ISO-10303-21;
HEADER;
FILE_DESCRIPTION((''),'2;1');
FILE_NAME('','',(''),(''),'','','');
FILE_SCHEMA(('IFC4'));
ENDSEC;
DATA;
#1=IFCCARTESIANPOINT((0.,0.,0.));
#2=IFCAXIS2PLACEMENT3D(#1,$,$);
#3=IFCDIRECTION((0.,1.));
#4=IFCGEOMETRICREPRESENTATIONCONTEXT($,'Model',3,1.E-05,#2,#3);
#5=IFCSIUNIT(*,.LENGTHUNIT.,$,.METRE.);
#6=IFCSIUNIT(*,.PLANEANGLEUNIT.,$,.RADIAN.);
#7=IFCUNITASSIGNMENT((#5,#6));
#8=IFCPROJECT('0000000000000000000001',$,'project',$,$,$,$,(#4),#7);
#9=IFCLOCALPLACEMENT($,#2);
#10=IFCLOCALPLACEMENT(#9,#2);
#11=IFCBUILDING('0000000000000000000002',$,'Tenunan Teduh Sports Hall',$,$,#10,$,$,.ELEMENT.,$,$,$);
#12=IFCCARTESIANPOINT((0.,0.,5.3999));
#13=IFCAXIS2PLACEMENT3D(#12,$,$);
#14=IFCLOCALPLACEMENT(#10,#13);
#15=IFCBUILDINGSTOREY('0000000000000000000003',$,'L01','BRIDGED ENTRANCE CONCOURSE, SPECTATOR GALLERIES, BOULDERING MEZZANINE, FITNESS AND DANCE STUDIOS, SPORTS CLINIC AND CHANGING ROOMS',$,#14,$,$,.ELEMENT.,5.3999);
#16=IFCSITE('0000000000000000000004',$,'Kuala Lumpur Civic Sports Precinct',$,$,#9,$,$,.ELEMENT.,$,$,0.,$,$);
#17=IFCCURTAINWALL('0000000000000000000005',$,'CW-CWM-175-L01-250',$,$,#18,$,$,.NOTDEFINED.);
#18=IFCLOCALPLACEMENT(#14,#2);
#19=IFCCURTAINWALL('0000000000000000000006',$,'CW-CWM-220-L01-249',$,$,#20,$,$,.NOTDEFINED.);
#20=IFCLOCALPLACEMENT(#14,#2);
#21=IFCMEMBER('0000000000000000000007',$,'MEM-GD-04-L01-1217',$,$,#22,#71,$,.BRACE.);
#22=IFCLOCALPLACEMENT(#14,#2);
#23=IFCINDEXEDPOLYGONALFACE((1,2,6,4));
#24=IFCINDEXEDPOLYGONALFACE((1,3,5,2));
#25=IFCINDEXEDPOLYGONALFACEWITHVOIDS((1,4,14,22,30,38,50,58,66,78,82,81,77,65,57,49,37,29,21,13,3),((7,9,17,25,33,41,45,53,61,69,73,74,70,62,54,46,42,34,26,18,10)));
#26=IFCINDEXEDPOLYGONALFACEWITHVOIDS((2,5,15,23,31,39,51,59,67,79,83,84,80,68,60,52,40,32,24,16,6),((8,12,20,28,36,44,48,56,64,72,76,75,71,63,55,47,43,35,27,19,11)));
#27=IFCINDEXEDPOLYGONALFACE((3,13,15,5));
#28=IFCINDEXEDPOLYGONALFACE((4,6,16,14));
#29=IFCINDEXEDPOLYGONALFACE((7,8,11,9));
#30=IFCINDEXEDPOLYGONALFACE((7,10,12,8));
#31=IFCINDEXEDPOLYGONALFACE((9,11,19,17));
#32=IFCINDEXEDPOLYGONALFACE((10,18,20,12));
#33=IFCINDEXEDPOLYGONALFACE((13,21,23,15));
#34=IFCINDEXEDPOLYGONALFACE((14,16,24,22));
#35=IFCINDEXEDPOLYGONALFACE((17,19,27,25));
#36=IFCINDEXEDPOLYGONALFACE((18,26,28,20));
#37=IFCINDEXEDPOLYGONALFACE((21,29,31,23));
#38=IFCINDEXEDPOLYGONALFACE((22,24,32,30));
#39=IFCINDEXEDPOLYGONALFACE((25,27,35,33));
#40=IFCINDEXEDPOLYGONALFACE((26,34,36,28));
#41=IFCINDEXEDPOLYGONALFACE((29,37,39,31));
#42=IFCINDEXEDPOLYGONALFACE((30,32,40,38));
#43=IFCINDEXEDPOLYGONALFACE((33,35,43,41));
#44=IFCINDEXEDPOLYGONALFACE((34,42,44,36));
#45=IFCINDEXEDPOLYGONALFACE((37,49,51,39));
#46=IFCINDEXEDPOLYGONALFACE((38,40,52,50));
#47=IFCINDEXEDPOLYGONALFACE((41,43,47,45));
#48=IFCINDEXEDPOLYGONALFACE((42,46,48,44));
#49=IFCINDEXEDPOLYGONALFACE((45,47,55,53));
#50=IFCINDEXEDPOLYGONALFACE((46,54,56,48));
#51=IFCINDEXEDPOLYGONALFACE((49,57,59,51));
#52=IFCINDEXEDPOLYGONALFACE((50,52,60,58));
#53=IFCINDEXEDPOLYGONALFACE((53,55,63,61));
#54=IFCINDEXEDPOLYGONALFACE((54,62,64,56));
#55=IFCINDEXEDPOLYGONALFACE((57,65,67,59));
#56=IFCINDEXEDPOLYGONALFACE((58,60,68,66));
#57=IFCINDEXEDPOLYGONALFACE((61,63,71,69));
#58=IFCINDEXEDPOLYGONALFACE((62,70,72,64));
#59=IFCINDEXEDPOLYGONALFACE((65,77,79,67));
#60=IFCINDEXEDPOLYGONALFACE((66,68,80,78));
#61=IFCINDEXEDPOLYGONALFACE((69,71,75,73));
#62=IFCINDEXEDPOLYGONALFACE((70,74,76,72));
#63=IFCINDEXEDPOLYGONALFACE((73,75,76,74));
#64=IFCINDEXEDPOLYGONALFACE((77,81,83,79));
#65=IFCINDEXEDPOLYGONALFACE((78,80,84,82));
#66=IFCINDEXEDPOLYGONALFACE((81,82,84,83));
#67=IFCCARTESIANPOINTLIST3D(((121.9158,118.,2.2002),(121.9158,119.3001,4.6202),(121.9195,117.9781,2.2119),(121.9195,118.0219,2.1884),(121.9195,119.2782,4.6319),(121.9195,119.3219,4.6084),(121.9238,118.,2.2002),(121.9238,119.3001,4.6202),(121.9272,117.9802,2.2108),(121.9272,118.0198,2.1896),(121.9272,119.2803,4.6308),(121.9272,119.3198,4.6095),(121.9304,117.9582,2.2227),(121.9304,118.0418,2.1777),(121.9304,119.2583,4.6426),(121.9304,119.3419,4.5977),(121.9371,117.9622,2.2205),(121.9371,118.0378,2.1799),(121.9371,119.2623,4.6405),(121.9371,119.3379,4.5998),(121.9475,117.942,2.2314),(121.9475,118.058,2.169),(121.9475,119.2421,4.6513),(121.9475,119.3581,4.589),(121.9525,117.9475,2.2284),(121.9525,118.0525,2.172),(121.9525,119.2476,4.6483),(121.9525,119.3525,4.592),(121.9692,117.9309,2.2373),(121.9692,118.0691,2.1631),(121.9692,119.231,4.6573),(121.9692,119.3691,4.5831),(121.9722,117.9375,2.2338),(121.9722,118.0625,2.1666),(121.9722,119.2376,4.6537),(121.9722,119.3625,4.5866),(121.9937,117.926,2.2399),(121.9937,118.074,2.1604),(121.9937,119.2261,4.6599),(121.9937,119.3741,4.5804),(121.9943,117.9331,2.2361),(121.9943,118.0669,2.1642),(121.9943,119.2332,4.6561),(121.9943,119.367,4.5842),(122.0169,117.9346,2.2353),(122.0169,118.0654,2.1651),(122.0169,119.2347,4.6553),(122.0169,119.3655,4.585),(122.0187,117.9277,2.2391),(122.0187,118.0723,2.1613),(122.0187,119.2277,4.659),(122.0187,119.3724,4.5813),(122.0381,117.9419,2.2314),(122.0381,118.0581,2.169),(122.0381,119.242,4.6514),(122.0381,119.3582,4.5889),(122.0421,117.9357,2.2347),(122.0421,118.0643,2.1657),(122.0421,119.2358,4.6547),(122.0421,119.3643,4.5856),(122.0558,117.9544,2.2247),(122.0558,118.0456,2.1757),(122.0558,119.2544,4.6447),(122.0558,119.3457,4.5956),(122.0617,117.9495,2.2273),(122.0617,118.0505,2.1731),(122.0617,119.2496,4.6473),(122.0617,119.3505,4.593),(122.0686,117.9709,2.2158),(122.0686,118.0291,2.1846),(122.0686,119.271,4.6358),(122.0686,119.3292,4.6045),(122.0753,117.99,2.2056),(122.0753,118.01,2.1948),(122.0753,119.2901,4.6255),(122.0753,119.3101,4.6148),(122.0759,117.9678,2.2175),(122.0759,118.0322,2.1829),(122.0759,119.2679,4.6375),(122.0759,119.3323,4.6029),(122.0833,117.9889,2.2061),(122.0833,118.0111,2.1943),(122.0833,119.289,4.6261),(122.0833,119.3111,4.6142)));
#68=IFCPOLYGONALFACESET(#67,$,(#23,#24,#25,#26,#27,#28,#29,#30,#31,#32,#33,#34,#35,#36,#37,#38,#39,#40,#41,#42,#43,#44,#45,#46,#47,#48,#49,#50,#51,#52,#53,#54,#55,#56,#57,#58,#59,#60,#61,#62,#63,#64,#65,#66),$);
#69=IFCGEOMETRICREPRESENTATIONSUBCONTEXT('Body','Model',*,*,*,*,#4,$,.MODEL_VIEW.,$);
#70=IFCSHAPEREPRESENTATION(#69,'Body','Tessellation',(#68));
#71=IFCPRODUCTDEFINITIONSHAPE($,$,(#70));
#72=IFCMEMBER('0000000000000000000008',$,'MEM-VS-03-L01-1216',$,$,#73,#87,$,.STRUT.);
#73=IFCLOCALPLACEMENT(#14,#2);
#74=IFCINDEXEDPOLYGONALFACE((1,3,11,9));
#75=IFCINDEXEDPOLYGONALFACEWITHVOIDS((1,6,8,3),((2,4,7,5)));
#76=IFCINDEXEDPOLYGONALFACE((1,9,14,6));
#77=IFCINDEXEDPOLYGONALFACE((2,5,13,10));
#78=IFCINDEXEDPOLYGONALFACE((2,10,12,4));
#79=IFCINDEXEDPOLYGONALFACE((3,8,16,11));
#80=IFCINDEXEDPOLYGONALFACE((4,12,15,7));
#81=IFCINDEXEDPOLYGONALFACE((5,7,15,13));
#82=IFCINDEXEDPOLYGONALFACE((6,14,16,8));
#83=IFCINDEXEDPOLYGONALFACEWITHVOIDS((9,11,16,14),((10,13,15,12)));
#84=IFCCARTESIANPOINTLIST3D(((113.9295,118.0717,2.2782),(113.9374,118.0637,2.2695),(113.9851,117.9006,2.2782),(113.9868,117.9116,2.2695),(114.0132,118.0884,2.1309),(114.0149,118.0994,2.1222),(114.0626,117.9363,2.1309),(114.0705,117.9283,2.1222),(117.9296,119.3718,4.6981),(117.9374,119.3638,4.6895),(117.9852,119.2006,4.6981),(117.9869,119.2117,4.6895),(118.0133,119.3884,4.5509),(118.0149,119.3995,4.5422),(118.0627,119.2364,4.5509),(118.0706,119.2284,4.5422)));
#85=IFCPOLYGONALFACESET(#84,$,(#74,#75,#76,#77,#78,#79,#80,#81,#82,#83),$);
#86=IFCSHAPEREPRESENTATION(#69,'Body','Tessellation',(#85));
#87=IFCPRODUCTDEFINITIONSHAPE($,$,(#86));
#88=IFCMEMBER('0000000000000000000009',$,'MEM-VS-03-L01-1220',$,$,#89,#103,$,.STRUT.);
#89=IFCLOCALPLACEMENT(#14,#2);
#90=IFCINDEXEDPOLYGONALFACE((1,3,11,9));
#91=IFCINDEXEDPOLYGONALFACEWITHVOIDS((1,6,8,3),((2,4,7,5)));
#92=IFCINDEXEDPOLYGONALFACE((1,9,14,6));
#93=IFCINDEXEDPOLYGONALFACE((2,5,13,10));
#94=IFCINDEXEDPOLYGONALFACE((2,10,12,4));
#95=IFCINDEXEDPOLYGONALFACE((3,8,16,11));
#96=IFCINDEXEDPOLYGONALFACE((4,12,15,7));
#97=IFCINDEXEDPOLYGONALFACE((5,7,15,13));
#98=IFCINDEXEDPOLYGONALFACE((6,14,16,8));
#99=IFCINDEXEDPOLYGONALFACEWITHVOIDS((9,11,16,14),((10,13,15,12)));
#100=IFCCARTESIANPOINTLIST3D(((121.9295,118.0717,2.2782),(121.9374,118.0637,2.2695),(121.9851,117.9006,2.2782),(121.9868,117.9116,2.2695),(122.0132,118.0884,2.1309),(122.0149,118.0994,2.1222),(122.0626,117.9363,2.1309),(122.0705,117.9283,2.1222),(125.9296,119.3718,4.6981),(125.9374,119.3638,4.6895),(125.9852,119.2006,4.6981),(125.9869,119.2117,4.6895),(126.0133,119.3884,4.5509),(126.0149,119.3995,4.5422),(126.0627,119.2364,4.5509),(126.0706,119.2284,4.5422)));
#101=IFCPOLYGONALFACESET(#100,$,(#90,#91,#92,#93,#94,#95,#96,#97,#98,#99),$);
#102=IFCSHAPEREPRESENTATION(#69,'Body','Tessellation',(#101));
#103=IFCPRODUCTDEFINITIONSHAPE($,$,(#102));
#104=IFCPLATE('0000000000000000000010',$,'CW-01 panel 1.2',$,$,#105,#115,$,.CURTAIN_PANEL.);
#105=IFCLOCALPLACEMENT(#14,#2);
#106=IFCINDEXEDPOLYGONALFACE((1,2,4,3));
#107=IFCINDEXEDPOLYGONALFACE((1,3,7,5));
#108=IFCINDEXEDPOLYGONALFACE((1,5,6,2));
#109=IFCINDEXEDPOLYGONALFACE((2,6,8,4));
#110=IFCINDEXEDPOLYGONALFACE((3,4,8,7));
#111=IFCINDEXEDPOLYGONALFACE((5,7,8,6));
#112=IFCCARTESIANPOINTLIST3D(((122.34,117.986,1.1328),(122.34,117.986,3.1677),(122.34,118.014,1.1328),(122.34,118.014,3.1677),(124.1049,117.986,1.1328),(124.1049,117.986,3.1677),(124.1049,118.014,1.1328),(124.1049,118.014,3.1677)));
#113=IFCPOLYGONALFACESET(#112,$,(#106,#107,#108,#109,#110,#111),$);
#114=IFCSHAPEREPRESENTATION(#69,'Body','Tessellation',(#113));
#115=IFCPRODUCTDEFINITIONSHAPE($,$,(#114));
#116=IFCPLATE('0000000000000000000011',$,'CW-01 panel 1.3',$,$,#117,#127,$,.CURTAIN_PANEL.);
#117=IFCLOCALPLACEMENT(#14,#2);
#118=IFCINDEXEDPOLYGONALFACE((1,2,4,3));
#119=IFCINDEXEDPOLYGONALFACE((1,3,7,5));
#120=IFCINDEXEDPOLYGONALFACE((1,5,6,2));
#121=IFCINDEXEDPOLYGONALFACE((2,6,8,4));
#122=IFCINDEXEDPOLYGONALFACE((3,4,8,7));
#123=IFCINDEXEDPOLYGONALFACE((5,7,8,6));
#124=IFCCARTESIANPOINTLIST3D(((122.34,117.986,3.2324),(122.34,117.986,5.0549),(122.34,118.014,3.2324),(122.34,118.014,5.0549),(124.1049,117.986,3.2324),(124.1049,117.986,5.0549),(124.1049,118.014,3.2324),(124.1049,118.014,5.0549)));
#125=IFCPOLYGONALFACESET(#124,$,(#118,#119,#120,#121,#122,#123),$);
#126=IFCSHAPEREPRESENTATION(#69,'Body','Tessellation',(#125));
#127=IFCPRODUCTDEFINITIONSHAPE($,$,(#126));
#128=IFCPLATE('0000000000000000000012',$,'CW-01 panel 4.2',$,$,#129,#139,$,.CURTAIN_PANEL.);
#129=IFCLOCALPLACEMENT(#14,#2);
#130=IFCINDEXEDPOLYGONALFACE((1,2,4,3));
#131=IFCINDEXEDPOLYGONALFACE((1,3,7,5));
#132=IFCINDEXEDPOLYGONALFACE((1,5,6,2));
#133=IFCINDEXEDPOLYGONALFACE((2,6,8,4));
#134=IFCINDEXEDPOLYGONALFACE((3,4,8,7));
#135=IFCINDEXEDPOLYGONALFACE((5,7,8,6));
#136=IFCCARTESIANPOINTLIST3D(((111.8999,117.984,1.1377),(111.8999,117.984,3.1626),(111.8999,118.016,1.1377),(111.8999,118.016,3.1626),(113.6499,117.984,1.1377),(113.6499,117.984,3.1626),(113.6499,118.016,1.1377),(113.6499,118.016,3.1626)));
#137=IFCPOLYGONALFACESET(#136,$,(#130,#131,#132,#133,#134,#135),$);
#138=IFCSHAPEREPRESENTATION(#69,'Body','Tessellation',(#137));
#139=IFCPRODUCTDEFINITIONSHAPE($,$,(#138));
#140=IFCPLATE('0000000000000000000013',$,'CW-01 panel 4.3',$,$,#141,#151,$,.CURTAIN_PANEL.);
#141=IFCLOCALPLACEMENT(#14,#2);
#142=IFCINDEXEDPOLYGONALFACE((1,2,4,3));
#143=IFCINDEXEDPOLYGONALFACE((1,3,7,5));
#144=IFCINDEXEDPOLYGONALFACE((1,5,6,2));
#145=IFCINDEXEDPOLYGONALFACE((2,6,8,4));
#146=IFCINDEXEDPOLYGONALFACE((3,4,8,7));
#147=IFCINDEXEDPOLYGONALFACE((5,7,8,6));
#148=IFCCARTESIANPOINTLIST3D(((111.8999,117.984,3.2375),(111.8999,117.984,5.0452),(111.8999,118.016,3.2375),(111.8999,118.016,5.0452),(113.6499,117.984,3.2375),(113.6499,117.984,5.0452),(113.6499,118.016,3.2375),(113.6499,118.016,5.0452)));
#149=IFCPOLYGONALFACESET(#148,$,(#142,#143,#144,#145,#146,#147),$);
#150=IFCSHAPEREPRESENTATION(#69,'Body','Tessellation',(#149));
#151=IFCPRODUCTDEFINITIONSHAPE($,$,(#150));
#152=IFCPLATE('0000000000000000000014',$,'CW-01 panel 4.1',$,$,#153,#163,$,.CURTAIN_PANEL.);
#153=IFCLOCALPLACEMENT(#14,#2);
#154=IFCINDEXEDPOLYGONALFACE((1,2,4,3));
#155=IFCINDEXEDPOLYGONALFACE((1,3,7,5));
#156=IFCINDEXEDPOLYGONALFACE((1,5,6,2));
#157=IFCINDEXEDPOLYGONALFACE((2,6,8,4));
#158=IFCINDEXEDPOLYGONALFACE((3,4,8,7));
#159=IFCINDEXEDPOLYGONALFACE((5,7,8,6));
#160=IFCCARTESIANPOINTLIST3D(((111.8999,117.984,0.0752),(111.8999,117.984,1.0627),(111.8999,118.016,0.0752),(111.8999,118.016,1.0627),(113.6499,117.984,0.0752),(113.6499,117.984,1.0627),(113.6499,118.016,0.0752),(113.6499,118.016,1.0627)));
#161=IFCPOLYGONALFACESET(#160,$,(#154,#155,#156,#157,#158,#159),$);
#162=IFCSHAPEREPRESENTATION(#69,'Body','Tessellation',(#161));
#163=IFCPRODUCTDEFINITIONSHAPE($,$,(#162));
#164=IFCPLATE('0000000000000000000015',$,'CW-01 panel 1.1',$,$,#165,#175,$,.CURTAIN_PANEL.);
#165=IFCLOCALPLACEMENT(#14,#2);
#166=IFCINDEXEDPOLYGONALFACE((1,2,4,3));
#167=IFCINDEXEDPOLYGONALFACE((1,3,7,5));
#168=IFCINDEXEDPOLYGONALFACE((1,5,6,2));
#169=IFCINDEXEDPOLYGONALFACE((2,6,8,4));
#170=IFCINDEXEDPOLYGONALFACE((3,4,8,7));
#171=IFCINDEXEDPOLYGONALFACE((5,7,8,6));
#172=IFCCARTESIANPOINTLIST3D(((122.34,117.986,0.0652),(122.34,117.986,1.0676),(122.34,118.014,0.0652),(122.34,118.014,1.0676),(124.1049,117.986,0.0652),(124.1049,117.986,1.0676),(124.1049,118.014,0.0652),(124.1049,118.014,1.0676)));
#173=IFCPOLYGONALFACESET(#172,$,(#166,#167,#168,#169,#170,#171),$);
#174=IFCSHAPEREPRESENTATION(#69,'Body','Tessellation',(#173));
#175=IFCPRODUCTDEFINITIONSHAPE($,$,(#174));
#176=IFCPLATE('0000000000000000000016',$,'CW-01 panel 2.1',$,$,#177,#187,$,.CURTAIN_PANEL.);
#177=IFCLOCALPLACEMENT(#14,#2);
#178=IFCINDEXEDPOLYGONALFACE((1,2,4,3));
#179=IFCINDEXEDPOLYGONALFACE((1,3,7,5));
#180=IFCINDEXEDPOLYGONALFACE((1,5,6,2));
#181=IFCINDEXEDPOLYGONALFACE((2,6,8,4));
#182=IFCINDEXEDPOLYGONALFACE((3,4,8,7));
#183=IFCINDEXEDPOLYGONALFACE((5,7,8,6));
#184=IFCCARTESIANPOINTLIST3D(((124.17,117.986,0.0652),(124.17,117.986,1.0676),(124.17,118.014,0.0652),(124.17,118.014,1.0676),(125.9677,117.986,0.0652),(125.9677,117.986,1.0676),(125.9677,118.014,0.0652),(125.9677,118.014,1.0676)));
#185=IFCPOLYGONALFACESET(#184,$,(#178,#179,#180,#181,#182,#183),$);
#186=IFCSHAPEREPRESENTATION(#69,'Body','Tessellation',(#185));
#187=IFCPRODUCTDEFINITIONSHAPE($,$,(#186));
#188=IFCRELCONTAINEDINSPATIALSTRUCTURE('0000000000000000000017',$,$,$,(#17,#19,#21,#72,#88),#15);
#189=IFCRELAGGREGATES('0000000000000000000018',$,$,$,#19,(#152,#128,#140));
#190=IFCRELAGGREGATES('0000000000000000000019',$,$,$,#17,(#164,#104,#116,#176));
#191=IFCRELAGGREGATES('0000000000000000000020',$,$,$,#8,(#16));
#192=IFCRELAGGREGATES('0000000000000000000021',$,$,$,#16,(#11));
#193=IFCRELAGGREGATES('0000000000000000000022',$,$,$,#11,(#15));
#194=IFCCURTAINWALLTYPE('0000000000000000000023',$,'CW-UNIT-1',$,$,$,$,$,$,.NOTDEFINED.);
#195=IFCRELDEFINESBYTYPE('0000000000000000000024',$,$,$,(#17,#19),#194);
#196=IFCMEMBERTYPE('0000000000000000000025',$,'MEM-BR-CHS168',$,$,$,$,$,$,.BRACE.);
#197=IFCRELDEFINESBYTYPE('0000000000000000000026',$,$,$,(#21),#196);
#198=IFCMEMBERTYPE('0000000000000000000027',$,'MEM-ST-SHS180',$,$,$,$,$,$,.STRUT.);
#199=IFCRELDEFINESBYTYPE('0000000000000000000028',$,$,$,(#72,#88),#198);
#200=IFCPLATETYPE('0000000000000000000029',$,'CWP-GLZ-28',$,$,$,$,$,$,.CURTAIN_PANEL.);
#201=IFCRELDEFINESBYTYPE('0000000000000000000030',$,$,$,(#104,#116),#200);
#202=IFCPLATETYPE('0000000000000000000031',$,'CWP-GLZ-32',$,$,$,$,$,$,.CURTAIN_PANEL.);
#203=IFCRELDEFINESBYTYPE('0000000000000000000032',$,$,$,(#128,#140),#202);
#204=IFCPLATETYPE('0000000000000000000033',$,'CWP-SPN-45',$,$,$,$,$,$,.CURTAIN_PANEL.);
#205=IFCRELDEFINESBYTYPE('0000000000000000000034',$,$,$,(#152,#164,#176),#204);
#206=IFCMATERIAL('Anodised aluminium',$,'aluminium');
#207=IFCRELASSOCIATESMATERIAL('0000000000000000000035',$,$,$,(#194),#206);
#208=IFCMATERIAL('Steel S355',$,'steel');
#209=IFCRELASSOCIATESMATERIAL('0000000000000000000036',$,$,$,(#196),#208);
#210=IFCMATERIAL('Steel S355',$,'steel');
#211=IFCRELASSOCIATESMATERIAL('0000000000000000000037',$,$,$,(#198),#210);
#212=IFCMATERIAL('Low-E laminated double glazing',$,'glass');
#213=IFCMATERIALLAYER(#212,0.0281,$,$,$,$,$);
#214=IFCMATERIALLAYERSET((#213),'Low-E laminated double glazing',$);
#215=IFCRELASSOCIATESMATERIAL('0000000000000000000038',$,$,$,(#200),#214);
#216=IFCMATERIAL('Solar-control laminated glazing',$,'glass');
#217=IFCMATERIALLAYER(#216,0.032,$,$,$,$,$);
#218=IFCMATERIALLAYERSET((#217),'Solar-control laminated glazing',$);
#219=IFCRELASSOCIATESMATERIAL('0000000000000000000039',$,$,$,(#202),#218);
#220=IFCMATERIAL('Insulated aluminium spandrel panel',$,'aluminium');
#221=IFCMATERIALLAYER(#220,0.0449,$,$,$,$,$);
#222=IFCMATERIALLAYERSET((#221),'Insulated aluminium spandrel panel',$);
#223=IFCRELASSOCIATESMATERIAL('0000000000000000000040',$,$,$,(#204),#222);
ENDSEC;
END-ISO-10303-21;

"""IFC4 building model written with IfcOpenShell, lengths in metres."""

from ifc_helpers import new_model, si_unit, direction, frame, origin, origin_2d, place, context, subcontext, project, spatial, rectangle, hollow_rectangle, hollow_circle, extrude, material, layer, layer_set, material_profile, profile_set, type_object, element, aggregate, save


model = new_model("IFC4")

# Units and contexts
model_context = context("Model", 3, precision=1e-05, world=origin(), true_north=direction((0.0, 1.0)))
body_context = subcontext(model_context, "Body", "Model", "MODEL_VIEW")
ifc_project = project(units=[si_unit("LENGTHUNIT", "METRE"), si_unit("PLANEANGLEUNIT", "RADIAN")], contexts=[model_context])

# Site, building, storey
site_placement = place(None, origin())
site = spatial("IfcSite", under=ifc_project, at=site_placement, Name="Kuala Lumpur Civic Sports Precinct", CompositionType="ELEMENT", RefElevation=0.0)
building_placement = place(site_placement, origin())
building = spatial("IfcBuilding", under=site, at=building_placement, Name="Tenunan Teduh Sports Hall", CompositionType="ELEMENT")
storey_placement = place(building_placement, frame((0.0, 0.0, 5.3999)))
storey = spatial("IfcBuildingStorey", under=building, at=storey_placement, Name="L01", Description="BRIDGED ENTRANCE CONCOURSE, SPECTATOR GALLERIES, BOULDERING MEZZANINE, FITNESS AND DANCE STUDIOS, SPORTS CLINIC AND CHANGING ROOMS", CompositionType="ELEMENT", Elevation=5.3999)

# Curtain wall
ifc_material_1 = material(Name="Anodised aluminium", Category="aluminium")
curtain_wall_type = type_object("IfcCurtainWallType", Name="CW-UNIT-1", PredefinedType="NOTDEFINED", material=ifc_material_1)
curtain_wall_1_placement = place(storey_placement, origin())
curtain_wall_1 = element("IfcCurtainWall", 1, at=curtain_wall_1_placement, inside=storey, type_object=curtain_wall_type, Name="CW-CWM-175-L01-250", PredefinedType="NOTDEFINED")

# Curtain wall
curtain_wall_2_placement = place(storey_placement, origin())
curtain_wall_2 = element("IfcCurtainWall", 2, at=curtain_wall_2_placement, inside=storey, type_object=curtain_wall_type, Name="CW-CWM-220-L01-249", PredefinedType="NOTDEFINED")

# Members
ifc_material_2 = material(Name="Steel S355", Category="steel")
ifc_material_profile_1 = material_profile(ifc_material_2, hollow_circle(Radius=0.0842, WallThickness=0.0081, at=origin_2d()), Name="CHS 168.3x8.0")
ifc_profile_set_1 = profile_set([ifc_material_profile_1], Name="Steel S355")
member_type_1 = type_object("IfcMemberType", Name="MEM-BR-CHS168", PredefinedType="BRACE", material=ifc_profile_set_1)
for number, where, z_axis, x_axis, name in (
    (3, (122.0, 118.0, 2.2002), (0.0, 0.473257, 0.880924), (-1.0, 0.0, 0.0), "MEM-GD-04-L01-1217"),
):
    element("IfcMember", number, at=place(storey_placement, frame(where, z_axis=z_axis, x_axis=x_axis)), inside=storey, type_object=member_type_1, Name=name, PredefinedType="BRACE", context=body_context, shape_type="SweptSolid", body=[
        extrude(hollow_circle(Radius=0.0842, WallThickness=0.0081, at=origin_2d()), origin(), (0.0, 0.0, 1.0), 2.7471),
    ])
ifc_material_3 = material(Name="Steel S355", Category="steel")
ifc_material_profile_2 = material_profile(ifc_material_3, hollow_rectangle(XDim=0.1799, YDim=0.1799, WallThickness=0.01, at=origin_2d()), Name="SHS 180x180x10.0")
ifc_profile_set_2 = profile_set([ifc_material_profile_2], Name="Steel S355")
member_type_2 = type_object("IfcMemberType", Name="MEM-ST-SHS180", PredefinedType="STRUT", material=ifc_profile_set_2)
for number, where, z_axis, x_axis, name in (
    (4, (114.0, 118.0, 2.2002), (0.824328, 0.267917, 0.498702), (-0.309097, 0.951031, 0.0), "MEM-VS-03-L01-1216"),
    (5, (122.0, 118.0, 2.2002), (0.824328, 0.267917, 0.498702), (-0.309097, 0.951031, 0.0), "MEM-VS-03-L01-1220"),
):
    element("IfcMember", number, at=place(storey_placement, frame(where, z_axis=z_axis, x_axis=x_axis)), inside=storey, type_object=member_type_2, Name=name, PredefinedType="STRUT", context=body_context, shape_type="SweptSolid", body=[
        extrude(hollow_rectangle(XDim=0.1799, YDim=0.1799, WallThickness=0.01, at=origin_2d()), origin(), (0.0, 0.0, 1.0), 4.8525),
    ])

# Plates
ifc_material_4 = material(Name="Low-E laminated double glazing", Category="glass")
ifc_layer_1 = layer(ifc_material_4, 0.0281)
ifc_layer_set_1 = layer_set([ifc_layer_1], Name="Low-E laminated double glazing")
plate_type_1 = type_object("IfcPlateType", Name="CWP-GLZ-28", PredefinedType="CURTAIN_PANEL", material=ifc_layer_set_1)
plate_1_placement = place(storey_placement, frame((123.2224, 118.0, 1.1328), z_axis=(0.0, 0.0, 1.0), x_axis=(1.0, 0.0, 0.0)))
plate_1 = element("IfcPlate", 6, at=plate_1_placement, type_object=plate_type_1, Name="CW-01 panel 1.2", PredefinedType="CURTAIN_PANEL", context=body_context, shape_type="SweptSolid", body=[
    extrude(rectangle(XDim=1.7649, YDim=0.0281, at=origin_2d()), origin(), (0.0, 0.0, 1.0), 2.0349),
])
plate_2_placement = place(storey_placement, frame((123.2224, 118.0, 3.2324), z_axis=(0.0, 0.0, 1.0), x_axis=(1.0, 0.0, 0.0)))
plate_2 = element("IfcPlate", 7, at=plate_2_placement, type_object=plate_type_1, Name="CW-01 panel 1.3", PredefinedType="CURTAIN_PANEL", context=body_context, shape_type="SweptSolid", body=[
    extrude(rectangle(XDim=1.7649, YDim=0.0281, at=origin_2d()), origin(), (0.0, 0.0, 1.0), 1.8225),
])
ifc_material_5 = material(Name="Solar-control laminated glazing", Category="glass")
ifc_layer_2 = layer(ifc_material_5, 0.032)
ifc_layer_set_2 = layer_set([ifc_layer_2], Name="Solar-control laminated glazing")
plate_type_2 = type_object("IfcPlateType", Name="CWP-GLZ-32", PredefinedType="CURTAIN_PANEL", material=ifc_layer_set_2)
plate_3_placement = place(storey_placement, frame((112.7749, 118.0, 1.1377), z_axis=(0.0, 0.0, 1.0), x_axis=(1.0, 0.0, 0.0)))
plate_3 = element("IfcPlate", 8, at=plate_3_placement, type_object=plate_type_2, Name="CW-01 panel 4.2", PredefinedType="CURTAIN_PANEL", context=body_context, shape_type="SweptSolid", body=[
    extrude(rectangle(XDim=1.75, YDim=0.032, at=origin_2d()), origin(), (0.0, 0.0, 1.0), 2.0249),
])
plate_4_placement = place(storey_placement, frame((112.7749, 118.0, 3.2375), z_axis=(0.0, 0.0, 1.0), x_axis=(1.0, 0.0, 0.0)))
plate_4 = element("IfcPlate", 9, at=plate_4_placement, type_object=plate_type_2, Name="CW-01 panel 4.3", PredefinedType="CURTAIN_PANEL", context=body_context, shape_type="SweptSolid", body=[
    extrude(rectangle(XDim=1.75, YDim=0.032, at=origin_2d()), origin(), (0.0, 0.0, 1.0), 1.8076),
])
ifc_material_6 = material(Name="Insulated aluminium spandrel panel", Category="aluminium")
ifc_layer_3 = layer(ifc_material_6, 0.0449)
ifc_layer_set_3 = layer_set([ifc_layer_3], Name="Insulated aluminium spandrel panel")
plate_type_3 = type_object("IfcPlateType", Name="CWP-SPN-45", PredefinedType="CURTAIN_PANEL", material=ifc_layer_set_3)
plate_5_placement = place(storey_placement, frame((112.7749, 118.0, 0.0752), z_axis=(0.0, 0.0, 1.0), x_axis=(1.0, 0.0, 0.0)))
plate_5 = element("IfcPlate", 10, at=plate_5_placement, type_object=plate_type_3, Name="CW-01 panel 4.1", PredefinedType="CURTAIN_PANEL", context=body_context, shape_type="SweptSolid", body=[
    extrude(rectangle(XDim=1.75, YDim=0.032, at=origin_2d()), origin(), (0.0, 0.0, 1.0), 0.9875),
])
aggregate(curtain_wall_2, [plate_5, plate_3, plate_4])
plate_6_placement = place(storey_placement, frame((123.2224, 118.0, 0.0652), z_axis=(0.0, 0.0, 1.0), x_axis=(1.0, 0.0, 0.0)))
plate_6 = element("IfcPlate", 11, at=plate_6_placement, type_object=plate_type_3, Name="CW-01 panel 1.1", PredefinedType="CURTAIN_PANEL", context=body_context, shape_type="SweptSolid", body=[
    extrude(rectangle(XDim=1.7649, YDim=0.0281, at=origin_2d()), origin(), (0.0, 0.0, 1.0), 1.0024),
])
plate_7_placement = place(storey_placement, frame((125.0688, 118.0, 0.0652), z_axis=(0.0, 0.0, 1.0), x_axis=(1.0, 0.0, 0.0)))
plate_7 = element("IfcPlate", 12, at=plate_7_placement, type_object=plate_type_3, Name="CW-01 panel 2.1", PredefinedType="CURTAIN_PANEL", context=body_context, shape_type="SweptSolid", body=[
    extrude(rectangle(XDim=1.7976, YDim=0.0281, at=origin_2d()), origin(), (0.0, 0.0, 1.0), 1.0024),
])
aggregate(curtain_wall_1, [plate_6, plate_1, plate_2, plate_7])

save(model, "model.ifc")
